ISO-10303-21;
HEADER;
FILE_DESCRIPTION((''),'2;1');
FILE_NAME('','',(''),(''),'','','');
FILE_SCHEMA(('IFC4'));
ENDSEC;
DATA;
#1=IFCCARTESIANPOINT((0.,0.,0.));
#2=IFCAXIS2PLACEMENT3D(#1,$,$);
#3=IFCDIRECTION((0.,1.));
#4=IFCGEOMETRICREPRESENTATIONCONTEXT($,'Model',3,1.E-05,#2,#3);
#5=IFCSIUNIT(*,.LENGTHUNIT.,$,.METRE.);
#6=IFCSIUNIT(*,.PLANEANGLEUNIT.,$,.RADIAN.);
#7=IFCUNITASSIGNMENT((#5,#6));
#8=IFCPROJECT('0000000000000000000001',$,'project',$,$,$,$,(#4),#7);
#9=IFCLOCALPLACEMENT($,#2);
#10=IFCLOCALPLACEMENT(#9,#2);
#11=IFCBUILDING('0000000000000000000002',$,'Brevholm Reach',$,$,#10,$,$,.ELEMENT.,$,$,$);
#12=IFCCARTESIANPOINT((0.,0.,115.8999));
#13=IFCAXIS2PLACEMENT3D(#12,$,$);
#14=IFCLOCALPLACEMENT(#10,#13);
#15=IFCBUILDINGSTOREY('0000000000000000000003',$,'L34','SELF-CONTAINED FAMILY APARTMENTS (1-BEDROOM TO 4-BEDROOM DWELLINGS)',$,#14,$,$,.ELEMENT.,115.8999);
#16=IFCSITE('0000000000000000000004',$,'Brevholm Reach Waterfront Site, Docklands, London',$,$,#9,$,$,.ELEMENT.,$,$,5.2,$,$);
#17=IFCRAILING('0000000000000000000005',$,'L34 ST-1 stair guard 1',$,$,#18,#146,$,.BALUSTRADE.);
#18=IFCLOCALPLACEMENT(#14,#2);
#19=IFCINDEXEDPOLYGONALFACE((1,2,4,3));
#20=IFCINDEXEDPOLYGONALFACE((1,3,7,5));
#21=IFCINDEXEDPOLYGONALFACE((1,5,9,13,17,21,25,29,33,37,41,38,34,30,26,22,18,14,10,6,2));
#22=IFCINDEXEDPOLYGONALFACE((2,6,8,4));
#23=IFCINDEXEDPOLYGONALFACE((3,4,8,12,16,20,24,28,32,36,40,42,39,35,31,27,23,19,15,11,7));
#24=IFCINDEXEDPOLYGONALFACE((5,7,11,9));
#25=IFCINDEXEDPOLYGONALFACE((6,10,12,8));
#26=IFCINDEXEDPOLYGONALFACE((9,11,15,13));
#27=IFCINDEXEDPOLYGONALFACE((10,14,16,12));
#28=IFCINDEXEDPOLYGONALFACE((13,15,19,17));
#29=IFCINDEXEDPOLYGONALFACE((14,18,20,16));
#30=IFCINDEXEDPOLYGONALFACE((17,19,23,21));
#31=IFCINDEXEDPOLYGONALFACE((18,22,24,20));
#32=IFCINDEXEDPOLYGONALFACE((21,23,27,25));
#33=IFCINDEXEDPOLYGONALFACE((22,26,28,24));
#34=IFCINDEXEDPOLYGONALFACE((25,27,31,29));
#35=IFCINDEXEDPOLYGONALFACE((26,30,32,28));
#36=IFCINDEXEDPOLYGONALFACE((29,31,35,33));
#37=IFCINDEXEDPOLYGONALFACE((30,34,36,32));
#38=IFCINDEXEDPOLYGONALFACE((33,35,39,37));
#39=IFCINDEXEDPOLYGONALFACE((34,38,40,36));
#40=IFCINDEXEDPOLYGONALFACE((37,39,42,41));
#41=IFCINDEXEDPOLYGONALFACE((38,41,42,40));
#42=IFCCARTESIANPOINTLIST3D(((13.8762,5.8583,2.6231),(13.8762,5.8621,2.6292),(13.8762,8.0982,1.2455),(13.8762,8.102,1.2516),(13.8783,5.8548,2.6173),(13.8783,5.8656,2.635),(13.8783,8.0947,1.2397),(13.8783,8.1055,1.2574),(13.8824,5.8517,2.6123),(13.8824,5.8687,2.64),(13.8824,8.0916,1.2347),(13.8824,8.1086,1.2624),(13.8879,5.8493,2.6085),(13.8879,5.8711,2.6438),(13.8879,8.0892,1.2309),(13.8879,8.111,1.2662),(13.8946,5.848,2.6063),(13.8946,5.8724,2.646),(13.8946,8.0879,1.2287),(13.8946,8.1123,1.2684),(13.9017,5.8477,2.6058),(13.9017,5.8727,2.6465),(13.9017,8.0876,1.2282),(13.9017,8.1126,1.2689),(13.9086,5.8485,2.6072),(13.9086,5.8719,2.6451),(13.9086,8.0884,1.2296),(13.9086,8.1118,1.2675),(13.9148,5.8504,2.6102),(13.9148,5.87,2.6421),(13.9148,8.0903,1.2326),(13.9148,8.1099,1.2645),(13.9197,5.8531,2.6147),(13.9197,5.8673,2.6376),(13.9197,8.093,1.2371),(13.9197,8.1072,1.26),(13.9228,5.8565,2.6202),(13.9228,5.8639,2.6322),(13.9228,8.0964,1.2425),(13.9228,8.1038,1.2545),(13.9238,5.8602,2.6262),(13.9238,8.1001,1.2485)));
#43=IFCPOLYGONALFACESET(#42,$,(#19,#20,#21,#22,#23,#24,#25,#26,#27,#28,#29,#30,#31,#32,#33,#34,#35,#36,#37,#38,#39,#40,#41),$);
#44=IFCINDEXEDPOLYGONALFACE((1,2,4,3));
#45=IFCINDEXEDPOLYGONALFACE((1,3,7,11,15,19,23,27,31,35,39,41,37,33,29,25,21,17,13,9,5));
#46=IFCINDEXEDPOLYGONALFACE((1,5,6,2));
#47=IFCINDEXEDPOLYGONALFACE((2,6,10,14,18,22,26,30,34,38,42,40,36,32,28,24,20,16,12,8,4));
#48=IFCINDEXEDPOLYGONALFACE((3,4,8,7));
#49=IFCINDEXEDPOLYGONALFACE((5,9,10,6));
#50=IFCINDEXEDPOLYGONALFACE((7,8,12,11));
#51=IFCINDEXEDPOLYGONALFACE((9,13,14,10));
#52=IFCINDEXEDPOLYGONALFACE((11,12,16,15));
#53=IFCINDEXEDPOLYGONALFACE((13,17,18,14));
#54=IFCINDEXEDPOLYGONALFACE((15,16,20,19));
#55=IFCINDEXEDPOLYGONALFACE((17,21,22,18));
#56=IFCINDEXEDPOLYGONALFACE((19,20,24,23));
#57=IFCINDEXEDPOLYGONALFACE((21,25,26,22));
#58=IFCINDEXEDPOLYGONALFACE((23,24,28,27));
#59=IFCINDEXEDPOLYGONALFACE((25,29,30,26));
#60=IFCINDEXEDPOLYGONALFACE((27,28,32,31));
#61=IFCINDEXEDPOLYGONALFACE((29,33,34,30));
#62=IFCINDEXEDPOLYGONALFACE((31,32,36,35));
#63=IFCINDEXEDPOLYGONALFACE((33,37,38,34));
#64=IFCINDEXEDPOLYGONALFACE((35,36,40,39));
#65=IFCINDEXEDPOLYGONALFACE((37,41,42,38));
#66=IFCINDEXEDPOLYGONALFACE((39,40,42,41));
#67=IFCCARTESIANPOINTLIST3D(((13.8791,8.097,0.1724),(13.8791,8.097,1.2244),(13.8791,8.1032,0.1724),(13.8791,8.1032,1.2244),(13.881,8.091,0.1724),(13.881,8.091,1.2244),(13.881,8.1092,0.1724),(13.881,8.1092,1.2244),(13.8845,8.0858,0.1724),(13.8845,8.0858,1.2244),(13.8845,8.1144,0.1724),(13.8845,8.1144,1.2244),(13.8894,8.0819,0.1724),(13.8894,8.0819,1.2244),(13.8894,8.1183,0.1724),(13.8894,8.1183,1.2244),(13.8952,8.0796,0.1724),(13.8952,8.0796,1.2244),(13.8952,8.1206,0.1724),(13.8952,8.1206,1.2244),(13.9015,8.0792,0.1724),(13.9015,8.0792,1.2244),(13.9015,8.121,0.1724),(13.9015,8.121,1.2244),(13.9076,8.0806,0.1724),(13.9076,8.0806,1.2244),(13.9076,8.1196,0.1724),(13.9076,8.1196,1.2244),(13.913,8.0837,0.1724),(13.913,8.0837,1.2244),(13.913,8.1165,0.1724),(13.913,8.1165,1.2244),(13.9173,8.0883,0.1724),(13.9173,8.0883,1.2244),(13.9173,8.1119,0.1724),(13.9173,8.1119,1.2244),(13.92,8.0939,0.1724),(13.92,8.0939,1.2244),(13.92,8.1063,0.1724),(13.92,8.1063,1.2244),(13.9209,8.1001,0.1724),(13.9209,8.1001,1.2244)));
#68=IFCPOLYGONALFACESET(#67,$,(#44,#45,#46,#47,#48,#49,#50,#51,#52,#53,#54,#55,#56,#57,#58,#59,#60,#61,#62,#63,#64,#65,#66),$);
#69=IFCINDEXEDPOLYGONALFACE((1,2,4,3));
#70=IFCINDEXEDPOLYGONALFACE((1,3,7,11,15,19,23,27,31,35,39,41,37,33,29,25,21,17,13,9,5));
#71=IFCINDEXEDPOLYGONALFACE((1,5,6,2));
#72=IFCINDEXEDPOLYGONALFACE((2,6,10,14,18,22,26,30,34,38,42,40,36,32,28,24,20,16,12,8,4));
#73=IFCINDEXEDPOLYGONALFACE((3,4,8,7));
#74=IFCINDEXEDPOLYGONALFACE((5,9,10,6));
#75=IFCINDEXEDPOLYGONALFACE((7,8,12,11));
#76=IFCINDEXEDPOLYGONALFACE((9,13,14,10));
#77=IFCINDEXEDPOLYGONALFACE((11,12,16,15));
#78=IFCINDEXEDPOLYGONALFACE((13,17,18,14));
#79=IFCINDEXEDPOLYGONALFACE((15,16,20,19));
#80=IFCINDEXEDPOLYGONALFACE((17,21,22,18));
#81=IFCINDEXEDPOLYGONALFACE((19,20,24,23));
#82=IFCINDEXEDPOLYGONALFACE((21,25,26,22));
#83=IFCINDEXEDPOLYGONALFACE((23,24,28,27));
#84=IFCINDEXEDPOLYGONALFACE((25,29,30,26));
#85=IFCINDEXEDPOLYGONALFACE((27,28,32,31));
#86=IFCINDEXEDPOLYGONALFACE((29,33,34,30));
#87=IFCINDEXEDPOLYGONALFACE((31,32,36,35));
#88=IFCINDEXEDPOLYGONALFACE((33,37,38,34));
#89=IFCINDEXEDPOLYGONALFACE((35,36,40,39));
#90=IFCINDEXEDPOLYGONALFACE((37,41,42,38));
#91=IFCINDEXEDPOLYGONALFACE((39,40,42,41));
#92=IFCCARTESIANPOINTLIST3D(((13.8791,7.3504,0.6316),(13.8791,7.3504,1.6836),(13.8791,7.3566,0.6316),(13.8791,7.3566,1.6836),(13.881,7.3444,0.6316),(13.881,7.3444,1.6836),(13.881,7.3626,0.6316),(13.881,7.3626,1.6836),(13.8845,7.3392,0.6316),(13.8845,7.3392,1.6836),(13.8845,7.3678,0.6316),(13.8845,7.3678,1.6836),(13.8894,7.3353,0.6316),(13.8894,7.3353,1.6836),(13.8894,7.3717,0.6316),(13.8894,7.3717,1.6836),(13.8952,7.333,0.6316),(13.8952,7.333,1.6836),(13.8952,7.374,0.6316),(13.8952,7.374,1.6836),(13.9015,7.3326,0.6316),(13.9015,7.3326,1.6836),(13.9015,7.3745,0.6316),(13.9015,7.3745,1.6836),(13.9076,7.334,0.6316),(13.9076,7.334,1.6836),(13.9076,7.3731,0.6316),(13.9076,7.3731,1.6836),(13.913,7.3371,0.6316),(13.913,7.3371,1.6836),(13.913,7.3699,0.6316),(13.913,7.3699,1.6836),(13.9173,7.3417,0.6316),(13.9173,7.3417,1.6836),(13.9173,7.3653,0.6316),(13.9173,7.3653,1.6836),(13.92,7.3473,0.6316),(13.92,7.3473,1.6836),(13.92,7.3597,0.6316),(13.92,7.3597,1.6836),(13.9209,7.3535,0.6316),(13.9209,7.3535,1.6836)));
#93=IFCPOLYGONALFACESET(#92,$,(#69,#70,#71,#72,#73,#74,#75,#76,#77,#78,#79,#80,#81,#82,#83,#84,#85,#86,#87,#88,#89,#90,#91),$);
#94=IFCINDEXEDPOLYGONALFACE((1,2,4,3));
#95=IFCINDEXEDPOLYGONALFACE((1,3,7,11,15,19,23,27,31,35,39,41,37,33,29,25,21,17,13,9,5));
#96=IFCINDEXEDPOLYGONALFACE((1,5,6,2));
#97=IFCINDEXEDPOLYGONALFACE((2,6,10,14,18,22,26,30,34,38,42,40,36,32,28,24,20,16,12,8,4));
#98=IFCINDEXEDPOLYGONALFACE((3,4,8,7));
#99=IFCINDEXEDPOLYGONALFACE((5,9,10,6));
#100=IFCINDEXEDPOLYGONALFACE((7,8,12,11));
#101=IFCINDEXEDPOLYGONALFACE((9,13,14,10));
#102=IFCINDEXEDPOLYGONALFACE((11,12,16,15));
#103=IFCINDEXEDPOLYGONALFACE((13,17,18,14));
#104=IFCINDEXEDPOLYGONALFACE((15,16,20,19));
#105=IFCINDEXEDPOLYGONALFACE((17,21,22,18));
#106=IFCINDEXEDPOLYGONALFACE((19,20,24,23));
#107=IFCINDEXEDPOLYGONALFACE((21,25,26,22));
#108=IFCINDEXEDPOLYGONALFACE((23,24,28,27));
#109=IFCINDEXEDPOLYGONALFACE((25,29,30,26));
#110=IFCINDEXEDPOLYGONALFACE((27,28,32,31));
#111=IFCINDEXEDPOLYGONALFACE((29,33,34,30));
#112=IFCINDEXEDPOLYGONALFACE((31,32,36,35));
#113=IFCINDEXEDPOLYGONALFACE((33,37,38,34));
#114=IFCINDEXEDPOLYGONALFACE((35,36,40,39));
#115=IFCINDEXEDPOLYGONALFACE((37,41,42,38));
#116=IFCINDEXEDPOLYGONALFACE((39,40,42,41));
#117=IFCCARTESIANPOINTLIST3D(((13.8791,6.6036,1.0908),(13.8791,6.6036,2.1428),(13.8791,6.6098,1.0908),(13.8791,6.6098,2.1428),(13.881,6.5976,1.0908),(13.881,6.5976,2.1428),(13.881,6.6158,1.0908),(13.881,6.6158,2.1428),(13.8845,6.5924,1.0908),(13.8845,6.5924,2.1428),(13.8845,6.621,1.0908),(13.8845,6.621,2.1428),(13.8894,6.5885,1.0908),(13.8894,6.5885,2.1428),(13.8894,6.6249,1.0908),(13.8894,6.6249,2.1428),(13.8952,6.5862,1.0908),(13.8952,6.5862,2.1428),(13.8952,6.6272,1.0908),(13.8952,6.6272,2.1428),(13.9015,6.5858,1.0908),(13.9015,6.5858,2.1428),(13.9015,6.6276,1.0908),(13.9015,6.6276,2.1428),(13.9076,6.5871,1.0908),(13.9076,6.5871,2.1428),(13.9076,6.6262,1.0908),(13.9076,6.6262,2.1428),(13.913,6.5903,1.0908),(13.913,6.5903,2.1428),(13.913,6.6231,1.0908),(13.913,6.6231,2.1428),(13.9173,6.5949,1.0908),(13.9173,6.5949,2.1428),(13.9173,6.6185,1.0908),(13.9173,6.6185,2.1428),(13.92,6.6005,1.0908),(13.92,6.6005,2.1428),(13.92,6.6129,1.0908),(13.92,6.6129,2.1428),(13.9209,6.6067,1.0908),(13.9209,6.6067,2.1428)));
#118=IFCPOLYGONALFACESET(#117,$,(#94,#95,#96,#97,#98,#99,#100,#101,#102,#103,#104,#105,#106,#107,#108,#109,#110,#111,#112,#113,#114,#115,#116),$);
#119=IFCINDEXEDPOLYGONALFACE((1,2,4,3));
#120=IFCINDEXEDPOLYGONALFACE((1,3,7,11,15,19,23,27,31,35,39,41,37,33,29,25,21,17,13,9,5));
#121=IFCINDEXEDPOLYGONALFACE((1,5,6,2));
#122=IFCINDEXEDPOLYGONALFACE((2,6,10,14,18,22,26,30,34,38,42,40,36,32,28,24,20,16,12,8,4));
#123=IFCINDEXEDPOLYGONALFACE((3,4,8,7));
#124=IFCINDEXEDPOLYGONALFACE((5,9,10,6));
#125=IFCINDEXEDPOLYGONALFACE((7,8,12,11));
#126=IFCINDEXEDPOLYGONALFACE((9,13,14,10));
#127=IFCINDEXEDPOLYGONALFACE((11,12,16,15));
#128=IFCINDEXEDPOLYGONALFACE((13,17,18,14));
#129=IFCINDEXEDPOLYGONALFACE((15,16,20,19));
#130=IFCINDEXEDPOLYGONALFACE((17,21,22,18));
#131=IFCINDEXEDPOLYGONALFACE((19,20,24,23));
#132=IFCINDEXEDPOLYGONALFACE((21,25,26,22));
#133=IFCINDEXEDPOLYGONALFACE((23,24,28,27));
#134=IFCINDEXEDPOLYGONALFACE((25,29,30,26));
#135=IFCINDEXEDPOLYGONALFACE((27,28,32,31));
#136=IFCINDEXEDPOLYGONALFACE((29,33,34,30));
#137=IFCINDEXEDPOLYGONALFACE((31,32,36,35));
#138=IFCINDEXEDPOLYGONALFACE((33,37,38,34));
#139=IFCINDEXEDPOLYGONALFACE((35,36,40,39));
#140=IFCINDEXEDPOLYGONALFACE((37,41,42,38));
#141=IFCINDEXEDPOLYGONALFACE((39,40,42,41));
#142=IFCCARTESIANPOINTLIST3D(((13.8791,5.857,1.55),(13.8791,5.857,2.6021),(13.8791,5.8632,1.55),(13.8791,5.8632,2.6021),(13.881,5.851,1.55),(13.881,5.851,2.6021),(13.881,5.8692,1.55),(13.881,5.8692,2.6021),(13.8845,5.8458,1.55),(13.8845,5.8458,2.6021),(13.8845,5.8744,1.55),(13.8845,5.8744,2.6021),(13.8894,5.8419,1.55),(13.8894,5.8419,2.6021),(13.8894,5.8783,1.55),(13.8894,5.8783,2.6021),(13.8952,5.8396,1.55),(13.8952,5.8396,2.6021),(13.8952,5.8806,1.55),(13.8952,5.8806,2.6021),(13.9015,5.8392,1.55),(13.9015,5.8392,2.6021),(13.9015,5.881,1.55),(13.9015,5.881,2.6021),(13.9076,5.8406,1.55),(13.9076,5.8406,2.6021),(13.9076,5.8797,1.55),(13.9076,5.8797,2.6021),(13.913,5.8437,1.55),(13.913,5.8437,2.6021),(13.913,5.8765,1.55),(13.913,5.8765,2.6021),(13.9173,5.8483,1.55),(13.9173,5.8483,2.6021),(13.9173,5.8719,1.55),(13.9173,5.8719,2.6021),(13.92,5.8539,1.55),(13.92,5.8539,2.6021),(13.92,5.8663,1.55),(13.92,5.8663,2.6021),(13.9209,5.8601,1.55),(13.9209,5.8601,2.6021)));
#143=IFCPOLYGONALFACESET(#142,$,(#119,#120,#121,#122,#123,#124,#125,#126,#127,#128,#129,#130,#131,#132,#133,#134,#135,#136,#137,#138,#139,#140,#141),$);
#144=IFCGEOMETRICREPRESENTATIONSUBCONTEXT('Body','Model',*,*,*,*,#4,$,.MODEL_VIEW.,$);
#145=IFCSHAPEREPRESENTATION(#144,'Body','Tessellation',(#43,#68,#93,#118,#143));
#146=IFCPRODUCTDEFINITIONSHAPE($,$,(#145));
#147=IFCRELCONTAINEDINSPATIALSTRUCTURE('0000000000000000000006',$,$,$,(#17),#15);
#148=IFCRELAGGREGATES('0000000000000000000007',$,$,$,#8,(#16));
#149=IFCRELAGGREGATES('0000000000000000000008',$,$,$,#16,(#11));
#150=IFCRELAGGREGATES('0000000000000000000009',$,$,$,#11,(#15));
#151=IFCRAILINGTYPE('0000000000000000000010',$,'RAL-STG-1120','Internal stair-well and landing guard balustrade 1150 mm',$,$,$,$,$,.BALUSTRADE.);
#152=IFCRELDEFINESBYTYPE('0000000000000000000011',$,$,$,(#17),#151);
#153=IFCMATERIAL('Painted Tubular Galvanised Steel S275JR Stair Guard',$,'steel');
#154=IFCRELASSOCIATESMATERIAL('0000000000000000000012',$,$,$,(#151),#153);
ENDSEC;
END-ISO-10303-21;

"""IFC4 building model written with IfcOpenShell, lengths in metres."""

from ifc_helpers import new_model, si_unit, direction, frame, origin, origin_2d, place, context, subcontext, project, spatial, circle, extrude, material, type_object, element, save


model = new_model("IFC4")

# Units and contexts
model_context = context("Model", 3, precision=1e-05, world=origin(), true_north=direction((0.0, 1.0)))
body_context = subcontext(model_context, "Body", "Model", "MODEL_VIEW")
ifc_project = project(units=[si_unit("LENGTHUNIT", "METRE"), si_unit("PLANEANGLEUNIT", "RADIAN")], contexts=[model_context])

# Site, building, storey
site_placement = place(None, origin())
site = spatial("IfcSite", under=ifc_project, at=site_placement, Name="Brevholm Reach Waterfront Site, Docklands, London", CompositionType="ELEMENT", RefElevation=5.2)
building_placement = place(site_placement, origin())
building = spatial("IfcBuilding", under=site, at=building_placement, Name="Brevholm Reach", CompositionType="ELEMENT")
storey_placement = place(building_placement, frame((0.0, 0.0, 115.8999)))
storey = spatial("IfcBuildingStorey", under=building, at=storey_placement, Name="L34", Description="SELF-CONTAINED FAMILY APARTMENTS (1-BEDROOM TO 4-BEDROOM DWELLINGS)", CompositionType="ELEMENT", Elevation=115.8999)

# Railing
ifc_material_1 = material(Name="Painted Tubular Galvanised Steel S275JR Stair Guard", Category="steel")
railing_type_1 = type_object("IfcRailingType", Name="RAL-STG-1120", Description="Internal stair-well and landing guard balustrade 1150 mm", PredefinedType="BALUSTRADE", material=ifc_material_1)
railing_1_placement = place(storey_placement, frame((13.8999, 8.1001, 0.1724)))
element("IfcRailing", 1, at=railing_1_placement, inside=storey, type_object=railing_type_1, Name="L34 ST-1 stair guard 1", PredefinedType="BALUSTRADE", context=body_context, shape_type="SweptSolid", body=[
    extrude(circle(Radius=0.0239, at=origin_2d()), frame((0.0, 0.0, 1.0762), z_axis=(0.0, -0.851789, 0.523885), x_axis=(1.0, 0.0, 0.0)), (0.0, 0.0, 1.0), 2.6296),
    extrude(circle(Radius=0.021, at=origin_2d()), origin(), (0.0, 0.0, 1.0), 1.052),
    extrude(circle(Radius=0.021, at=origin_2d()), frame((0.0, -0.7466, 0.4592)), (0.0, 0.0, 1.0), 1.052),
    extrude(circle(Radius=0.021, at=origin_2d()), frame((0.0, -1.4934, 0.9185)), (0.0, 0.0, 1.0), 1.052),
    extrude(circle(Radius=0.021, at=origin_2d()), frame((0.0, -2.24, 1.3777)), (0.0, 0.0, 1.0), 1.052),
])

save(model, "model.ifc")
